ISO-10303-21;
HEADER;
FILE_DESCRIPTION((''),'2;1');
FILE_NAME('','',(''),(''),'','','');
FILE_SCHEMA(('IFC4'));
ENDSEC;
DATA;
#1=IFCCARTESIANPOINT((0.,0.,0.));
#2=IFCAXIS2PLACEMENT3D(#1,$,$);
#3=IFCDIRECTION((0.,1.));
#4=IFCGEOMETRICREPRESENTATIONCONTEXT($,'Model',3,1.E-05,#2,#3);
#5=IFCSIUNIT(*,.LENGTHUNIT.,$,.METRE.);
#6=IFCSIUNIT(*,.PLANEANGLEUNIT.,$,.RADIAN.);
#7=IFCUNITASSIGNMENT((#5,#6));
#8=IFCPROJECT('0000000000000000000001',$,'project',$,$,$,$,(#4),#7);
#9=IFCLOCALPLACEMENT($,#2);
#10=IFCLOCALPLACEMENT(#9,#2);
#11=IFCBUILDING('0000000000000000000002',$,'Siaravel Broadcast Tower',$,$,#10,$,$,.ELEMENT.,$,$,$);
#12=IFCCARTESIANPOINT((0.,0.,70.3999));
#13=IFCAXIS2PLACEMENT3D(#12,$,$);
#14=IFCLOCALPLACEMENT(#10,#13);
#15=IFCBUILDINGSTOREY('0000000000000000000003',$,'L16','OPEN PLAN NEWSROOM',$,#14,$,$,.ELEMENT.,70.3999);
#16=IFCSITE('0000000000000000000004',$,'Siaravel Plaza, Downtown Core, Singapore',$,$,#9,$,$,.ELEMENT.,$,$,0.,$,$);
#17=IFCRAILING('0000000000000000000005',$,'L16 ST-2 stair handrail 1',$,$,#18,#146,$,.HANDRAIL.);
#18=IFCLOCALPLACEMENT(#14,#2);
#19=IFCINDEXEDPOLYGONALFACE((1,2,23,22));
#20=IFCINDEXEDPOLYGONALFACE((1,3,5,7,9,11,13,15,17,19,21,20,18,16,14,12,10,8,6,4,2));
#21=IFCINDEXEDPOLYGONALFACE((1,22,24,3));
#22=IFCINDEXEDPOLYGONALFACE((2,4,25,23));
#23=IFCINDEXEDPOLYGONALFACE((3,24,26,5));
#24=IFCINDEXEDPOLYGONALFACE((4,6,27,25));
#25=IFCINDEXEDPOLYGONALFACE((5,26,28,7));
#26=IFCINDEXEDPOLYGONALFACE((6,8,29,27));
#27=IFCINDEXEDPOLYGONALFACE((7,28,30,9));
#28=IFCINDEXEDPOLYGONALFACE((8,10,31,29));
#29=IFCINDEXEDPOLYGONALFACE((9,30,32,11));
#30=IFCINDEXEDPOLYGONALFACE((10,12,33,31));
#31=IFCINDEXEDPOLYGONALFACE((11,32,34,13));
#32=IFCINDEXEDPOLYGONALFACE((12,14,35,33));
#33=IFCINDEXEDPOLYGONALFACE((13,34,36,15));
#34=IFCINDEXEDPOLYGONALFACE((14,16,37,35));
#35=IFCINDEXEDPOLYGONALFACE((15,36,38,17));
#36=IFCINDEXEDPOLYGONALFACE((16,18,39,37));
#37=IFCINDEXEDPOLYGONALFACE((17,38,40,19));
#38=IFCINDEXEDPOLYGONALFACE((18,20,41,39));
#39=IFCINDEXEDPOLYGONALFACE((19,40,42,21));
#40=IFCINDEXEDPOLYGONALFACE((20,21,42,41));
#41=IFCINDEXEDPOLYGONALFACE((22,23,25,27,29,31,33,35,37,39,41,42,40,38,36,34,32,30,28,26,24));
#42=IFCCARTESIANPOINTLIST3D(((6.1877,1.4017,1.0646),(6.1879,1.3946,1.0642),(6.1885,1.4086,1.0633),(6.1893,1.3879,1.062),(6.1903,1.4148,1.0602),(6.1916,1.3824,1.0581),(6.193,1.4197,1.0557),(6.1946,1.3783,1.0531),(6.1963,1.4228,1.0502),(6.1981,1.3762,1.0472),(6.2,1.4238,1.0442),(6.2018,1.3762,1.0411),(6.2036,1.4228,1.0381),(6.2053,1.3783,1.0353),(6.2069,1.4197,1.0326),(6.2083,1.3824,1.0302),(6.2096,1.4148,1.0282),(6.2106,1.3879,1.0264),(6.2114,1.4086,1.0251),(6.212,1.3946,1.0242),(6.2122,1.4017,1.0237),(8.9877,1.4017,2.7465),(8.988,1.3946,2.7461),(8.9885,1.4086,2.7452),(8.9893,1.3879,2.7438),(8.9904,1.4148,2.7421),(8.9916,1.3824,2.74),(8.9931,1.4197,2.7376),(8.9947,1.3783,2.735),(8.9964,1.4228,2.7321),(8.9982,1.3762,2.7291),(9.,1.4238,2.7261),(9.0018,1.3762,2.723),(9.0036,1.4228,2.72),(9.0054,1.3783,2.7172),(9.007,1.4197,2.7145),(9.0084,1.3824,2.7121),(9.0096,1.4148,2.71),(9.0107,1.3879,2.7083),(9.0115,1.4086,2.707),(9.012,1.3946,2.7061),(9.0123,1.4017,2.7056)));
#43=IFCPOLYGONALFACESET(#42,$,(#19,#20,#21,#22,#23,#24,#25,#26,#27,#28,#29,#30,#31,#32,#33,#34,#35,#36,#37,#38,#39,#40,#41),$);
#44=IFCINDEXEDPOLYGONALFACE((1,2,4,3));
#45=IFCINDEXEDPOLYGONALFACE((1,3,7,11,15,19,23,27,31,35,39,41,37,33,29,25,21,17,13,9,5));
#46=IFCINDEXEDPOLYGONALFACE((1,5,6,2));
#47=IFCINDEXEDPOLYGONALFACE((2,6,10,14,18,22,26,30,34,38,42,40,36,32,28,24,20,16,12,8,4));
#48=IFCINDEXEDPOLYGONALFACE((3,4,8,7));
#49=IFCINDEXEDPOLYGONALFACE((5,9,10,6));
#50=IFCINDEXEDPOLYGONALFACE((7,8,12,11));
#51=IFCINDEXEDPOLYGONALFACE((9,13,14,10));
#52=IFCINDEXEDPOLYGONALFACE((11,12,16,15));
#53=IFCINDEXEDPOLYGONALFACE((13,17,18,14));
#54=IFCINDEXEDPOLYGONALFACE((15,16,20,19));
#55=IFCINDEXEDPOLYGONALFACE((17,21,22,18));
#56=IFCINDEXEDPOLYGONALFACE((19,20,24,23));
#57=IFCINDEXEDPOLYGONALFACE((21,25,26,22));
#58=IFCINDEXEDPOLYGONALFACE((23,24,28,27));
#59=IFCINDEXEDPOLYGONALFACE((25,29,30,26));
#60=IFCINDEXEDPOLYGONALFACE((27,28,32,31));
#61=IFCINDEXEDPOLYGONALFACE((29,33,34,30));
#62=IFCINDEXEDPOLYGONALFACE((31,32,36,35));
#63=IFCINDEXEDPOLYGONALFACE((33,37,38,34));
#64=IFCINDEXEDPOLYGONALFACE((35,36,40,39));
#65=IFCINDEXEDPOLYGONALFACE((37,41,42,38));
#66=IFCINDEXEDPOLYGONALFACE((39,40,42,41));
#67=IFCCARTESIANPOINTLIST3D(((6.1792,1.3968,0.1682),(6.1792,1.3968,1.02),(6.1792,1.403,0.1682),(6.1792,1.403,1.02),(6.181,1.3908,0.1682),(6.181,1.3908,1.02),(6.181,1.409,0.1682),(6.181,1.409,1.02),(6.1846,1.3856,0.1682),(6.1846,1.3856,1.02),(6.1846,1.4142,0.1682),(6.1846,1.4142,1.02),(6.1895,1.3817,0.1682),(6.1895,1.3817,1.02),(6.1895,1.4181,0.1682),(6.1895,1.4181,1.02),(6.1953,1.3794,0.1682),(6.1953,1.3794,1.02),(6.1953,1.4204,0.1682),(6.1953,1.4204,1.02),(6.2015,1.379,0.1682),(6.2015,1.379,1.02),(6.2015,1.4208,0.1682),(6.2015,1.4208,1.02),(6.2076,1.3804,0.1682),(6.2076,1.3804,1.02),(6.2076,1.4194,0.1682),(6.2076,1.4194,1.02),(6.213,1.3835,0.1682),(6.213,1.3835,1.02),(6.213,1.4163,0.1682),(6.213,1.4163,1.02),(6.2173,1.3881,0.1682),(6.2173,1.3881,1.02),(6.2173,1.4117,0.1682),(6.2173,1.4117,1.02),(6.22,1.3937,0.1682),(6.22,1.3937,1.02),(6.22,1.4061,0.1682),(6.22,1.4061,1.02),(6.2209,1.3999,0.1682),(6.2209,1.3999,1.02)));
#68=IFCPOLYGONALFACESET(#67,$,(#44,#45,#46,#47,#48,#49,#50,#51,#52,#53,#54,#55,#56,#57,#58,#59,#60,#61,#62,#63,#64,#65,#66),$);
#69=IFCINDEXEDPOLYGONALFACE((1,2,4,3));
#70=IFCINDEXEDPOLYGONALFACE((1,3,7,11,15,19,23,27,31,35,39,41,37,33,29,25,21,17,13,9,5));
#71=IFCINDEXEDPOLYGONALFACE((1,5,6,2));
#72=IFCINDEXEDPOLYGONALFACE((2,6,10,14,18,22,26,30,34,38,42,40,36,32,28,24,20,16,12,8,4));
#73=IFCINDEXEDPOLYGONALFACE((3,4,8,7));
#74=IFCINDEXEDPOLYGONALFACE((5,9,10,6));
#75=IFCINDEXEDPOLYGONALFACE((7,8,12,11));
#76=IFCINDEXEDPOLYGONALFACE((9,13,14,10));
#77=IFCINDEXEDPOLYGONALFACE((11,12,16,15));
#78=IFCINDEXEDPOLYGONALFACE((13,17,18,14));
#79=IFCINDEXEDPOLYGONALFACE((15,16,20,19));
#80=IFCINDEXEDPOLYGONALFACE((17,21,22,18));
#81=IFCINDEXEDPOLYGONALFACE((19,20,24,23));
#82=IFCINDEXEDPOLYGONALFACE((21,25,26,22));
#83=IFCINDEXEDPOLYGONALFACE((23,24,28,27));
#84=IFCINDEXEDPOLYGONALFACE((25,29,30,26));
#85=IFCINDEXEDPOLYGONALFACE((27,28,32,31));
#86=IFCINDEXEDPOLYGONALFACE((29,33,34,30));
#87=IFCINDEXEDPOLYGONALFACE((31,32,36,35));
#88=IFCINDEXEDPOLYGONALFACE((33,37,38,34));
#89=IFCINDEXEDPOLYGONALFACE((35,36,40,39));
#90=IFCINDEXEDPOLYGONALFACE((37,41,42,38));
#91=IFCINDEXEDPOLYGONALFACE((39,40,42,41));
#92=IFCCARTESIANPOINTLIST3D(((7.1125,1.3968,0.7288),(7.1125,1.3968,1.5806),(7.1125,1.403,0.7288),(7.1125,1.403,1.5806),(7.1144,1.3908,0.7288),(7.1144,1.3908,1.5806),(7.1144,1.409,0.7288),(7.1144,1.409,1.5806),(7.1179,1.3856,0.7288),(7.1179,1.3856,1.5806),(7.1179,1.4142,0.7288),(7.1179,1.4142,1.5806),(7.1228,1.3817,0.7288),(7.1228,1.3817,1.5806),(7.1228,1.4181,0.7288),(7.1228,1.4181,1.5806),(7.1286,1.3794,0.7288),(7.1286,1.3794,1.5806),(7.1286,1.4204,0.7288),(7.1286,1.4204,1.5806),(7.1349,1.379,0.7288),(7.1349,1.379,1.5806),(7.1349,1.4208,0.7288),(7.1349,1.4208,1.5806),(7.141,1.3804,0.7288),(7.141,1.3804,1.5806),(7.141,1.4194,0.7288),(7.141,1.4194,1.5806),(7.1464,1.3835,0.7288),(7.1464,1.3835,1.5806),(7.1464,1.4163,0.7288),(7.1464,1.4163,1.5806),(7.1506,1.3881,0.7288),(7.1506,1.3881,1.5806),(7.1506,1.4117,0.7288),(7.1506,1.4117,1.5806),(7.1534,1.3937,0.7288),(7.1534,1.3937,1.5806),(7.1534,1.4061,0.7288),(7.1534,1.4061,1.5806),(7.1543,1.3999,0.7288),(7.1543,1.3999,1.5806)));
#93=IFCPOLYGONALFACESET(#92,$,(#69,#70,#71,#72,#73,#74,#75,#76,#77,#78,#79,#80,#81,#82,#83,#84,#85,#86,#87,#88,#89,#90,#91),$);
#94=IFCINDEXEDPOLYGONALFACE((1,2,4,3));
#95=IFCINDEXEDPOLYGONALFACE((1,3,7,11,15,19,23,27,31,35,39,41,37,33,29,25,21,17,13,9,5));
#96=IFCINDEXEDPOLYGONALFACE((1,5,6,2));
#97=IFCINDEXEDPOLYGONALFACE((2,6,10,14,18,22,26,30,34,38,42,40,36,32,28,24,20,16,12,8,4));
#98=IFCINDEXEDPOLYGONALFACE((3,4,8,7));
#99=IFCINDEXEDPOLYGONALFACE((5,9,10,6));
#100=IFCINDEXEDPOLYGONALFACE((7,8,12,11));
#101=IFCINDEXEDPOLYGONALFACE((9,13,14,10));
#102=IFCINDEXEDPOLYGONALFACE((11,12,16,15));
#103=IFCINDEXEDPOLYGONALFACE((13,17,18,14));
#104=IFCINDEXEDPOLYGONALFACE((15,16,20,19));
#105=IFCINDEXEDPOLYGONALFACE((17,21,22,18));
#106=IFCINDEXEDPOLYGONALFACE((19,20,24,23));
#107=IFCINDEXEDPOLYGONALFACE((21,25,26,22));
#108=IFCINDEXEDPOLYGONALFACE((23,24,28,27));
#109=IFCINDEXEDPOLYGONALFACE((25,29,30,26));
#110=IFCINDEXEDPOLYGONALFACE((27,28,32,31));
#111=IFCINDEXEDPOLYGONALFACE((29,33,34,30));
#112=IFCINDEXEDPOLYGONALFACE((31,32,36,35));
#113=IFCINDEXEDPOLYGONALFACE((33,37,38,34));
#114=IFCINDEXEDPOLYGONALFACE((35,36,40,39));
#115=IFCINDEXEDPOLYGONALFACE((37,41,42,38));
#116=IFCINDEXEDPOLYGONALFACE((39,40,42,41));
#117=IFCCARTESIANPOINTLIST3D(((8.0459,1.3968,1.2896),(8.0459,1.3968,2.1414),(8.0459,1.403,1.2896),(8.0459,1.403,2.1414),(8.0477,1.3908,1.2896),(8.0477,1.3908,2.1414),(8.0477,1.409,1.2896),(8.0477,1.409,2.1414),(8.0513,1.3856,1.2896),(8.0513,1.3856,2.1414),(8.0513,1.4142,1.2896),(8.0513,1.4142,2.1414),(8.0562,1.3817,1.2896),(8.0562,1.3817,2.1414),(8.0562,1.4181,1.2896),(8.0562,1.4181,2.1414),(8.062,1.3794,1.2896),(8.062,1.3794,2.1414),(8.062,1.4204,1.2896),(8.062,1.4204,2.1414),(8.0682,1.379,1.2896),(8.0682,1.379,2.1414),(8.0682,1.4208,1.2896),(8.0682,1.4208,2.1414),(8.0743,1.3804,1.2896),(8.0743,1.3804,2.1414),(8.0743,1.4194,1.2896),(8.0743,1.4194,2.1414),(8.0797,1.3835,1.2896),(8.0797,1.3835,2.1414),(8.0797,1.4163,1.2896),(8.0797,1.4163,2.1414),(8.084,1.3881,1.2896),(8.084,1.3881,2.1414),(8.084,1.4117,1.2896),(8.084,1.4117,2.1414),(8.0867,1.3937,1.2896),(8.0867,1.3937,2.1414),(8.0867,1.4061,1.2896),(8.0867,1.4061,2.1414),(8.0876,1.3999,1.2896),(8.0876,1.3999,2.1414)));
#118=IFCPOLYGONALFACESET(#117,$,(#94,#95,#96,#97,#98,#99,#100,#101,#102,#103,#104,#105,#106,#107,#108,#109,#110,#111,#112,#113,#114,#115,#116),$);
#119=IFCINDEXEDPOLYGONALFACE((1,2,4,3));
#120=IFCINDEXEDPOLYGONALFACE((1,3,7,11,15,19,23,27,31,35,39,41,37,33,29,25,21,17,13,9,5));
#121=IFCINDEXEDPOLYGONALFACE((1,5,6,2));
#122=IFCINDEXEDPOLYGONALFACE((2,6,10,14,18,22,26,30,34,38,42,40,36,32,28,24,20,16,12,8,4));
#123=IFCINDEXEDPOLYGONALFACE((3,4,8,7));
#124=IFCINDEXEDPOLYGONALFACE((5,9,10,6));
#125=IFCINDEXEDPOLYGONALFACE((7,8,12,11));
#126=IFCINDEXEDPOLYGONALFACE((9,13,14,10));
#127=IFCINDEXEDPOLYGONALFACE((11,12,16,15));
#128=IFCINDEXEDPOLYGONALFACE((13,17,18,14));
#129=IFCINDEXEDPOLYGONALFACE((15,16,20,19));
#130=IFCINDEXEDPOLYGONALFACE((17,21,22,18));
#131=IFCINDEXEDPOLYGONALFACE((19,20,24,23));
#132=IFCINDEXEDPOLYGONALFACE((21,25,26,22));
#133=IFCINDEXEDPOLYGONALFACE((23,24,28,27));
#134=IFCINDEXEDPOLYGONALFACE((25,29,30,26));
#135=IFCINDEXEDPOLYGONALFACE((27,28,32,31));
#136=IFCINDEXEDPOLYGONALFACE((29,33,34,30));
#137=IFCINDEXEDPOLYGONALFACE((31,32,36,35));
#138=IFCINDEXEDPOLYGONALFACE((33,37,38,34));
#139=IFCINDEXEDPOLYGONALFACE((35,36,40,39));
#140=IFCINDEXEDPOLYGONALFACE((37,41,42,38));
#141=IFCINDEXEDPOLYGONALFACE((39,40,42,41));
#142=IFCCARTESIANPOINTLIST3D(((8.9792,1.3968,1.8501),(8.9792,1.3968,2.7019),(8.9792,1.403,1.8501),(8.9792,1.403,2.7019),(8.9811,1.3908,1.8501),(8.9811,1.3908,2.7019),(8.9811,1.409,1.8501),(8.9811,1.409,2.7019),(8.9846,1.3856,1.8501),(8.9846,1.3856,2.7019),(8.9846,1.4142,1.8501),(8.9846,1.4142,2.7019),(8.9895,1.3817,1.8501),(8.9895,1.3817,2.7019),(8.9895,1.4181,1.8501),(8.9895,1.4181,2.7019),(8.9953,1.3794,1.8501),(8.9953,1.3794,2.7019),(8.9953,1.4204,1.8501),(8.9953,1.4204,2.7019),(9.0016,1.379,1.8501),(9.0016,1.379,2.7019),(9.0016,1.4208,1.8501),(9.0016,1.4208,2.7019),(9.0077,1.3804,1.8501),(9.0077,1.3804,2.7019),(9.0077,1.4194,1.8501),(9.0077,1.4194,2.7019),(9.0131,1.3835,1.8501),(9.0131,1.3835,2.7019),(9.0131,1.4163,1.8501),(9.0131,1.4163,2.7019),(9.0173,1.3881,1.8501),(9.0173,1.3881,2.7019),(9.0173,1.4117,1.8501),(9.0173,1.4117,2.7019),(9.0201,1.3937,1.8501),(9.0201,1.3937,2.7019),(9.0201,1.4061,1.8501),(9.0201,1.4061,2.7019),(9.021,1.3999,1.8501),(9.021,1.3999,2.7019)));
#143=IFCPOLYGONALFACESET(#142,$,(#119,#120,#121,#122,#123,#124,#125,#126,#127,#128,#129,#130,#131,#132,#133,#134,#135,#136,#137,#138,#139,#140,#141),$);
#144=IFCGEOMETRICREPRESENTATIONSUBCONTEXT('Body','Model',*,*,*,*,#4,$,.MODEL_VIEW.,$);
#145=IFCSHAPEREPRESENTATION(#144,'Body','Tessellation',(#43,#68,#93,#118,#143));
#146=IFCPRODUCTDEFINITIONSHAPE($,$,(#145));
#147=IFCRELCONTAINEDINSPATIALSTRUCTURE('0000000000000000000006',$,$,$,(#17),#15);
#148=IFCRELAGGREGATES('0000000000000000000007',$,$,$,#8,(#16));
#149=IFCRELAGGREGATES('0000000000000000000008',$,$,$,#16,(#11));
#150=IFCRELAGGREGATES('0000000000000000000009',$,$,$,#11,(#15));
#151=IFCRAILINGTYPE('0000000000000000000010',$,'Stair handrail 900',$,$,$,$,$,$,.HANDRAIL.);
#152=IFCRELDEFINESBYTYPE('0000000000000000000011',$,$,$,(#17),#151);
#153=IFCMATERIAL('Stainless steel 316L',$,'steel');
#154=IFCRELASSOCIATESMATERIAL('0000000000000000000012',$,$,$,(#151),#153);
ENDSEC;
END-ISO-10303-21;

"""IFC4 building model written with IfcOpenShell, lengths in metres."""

from ifc_helpers import new_model, si_unit, direction, frame, origin, origin_2d, place, context, subcontext, project, spatial, circle, extrude, material, type_object, element, save


model = new_model("IFC4")

# Units and contexts
model_context = context("Model", 3, precision=1e-05, world=origin(), true_north=direction((0.0, 1.0)))
body_context = subcontext(model_context, "Body", "Model", "MODEL_VIEW")
ifc_project = project(units=[si_unit("LENGTHUNIT", "METRE"), si_unit("PLANEANGLEUNIT", "RADIAN")], contexts=[model_context])

# Site, building, storey
site_placement = place(None, origin())
site = spatial("IfcSite", under=ifc_project, at=site_placement, Name="Siaravel Plaza, Downtown Core, Singapore", CompositionType="ELEMENT", RefElevation=0.0)
building_placement = place(site_placement, origin())
building = spatial("IfcBuilding", under=site, at=building_placement, Name="Siaravel Broadcast Tower", CompositionType="ELEMENT")
storey_placement = place(building_placement, frame((0.0, 0.0, 70.3999)))
storey = spatial("IfcBuildingStorey", under=building, at=storey_placement, Name="L16", Description="OPEN PLAN NEWSROOM", CompositionType="ELEMENT", Elevation=70.3999)

# Railing
ifc_material_1 = material(Name="Stainless steel 316L", Category="steel")
railing_type_1 = type_object("IfcRailingType", Name="Stair handrail 900", PredefinedType="HANDRAIL", material=ifc_material_1)
railing_1_placement = place(storey_placement, frame((6.2, 1.3999, 0.1682)))
element("IfcRailing", 1, at=railing_1_placement, inside=storey, type_object=railing_type_1, Name="L16 ST-2 stair handrail 1", PredefinedType="HANDRAIL", context=body_context, shape_type="SweptSolid", body=[
    extrude(circle(Radius=0.0239, at=origin_2d()), frame((0.0, 0.0, 0.876), z_axis=(0.857242, 0.0, 0.514913), x_axis=(0.0, 1.0, 0.0)), (0.0, 0.0, 1.0), 3.2664),
    extrude(circle(Radius=0.021, at=origin_2d()), origin(), (0.0, 0.0, 1.0), 0.8518),
    extrude(circle(Radius=0.021, at=origin_2d()), frame((0.9333, 0.0, 0.5605)), (0.0, 0.0, 1.0), 0.8518),
    extrude(circle(Radius=0.021, at=origin_2d()), frame((1.8667, 0.0, 1.1213)), (0.0, 0.0, 1.0), 0.8518),
    extrude(circle(Radius=0.021, at=origin_2d()), frame((2.8, 0.0, 1.6819)), (0.0, 0.0, 1.0), 0.8518),
])

save(model, "model.ifc")
